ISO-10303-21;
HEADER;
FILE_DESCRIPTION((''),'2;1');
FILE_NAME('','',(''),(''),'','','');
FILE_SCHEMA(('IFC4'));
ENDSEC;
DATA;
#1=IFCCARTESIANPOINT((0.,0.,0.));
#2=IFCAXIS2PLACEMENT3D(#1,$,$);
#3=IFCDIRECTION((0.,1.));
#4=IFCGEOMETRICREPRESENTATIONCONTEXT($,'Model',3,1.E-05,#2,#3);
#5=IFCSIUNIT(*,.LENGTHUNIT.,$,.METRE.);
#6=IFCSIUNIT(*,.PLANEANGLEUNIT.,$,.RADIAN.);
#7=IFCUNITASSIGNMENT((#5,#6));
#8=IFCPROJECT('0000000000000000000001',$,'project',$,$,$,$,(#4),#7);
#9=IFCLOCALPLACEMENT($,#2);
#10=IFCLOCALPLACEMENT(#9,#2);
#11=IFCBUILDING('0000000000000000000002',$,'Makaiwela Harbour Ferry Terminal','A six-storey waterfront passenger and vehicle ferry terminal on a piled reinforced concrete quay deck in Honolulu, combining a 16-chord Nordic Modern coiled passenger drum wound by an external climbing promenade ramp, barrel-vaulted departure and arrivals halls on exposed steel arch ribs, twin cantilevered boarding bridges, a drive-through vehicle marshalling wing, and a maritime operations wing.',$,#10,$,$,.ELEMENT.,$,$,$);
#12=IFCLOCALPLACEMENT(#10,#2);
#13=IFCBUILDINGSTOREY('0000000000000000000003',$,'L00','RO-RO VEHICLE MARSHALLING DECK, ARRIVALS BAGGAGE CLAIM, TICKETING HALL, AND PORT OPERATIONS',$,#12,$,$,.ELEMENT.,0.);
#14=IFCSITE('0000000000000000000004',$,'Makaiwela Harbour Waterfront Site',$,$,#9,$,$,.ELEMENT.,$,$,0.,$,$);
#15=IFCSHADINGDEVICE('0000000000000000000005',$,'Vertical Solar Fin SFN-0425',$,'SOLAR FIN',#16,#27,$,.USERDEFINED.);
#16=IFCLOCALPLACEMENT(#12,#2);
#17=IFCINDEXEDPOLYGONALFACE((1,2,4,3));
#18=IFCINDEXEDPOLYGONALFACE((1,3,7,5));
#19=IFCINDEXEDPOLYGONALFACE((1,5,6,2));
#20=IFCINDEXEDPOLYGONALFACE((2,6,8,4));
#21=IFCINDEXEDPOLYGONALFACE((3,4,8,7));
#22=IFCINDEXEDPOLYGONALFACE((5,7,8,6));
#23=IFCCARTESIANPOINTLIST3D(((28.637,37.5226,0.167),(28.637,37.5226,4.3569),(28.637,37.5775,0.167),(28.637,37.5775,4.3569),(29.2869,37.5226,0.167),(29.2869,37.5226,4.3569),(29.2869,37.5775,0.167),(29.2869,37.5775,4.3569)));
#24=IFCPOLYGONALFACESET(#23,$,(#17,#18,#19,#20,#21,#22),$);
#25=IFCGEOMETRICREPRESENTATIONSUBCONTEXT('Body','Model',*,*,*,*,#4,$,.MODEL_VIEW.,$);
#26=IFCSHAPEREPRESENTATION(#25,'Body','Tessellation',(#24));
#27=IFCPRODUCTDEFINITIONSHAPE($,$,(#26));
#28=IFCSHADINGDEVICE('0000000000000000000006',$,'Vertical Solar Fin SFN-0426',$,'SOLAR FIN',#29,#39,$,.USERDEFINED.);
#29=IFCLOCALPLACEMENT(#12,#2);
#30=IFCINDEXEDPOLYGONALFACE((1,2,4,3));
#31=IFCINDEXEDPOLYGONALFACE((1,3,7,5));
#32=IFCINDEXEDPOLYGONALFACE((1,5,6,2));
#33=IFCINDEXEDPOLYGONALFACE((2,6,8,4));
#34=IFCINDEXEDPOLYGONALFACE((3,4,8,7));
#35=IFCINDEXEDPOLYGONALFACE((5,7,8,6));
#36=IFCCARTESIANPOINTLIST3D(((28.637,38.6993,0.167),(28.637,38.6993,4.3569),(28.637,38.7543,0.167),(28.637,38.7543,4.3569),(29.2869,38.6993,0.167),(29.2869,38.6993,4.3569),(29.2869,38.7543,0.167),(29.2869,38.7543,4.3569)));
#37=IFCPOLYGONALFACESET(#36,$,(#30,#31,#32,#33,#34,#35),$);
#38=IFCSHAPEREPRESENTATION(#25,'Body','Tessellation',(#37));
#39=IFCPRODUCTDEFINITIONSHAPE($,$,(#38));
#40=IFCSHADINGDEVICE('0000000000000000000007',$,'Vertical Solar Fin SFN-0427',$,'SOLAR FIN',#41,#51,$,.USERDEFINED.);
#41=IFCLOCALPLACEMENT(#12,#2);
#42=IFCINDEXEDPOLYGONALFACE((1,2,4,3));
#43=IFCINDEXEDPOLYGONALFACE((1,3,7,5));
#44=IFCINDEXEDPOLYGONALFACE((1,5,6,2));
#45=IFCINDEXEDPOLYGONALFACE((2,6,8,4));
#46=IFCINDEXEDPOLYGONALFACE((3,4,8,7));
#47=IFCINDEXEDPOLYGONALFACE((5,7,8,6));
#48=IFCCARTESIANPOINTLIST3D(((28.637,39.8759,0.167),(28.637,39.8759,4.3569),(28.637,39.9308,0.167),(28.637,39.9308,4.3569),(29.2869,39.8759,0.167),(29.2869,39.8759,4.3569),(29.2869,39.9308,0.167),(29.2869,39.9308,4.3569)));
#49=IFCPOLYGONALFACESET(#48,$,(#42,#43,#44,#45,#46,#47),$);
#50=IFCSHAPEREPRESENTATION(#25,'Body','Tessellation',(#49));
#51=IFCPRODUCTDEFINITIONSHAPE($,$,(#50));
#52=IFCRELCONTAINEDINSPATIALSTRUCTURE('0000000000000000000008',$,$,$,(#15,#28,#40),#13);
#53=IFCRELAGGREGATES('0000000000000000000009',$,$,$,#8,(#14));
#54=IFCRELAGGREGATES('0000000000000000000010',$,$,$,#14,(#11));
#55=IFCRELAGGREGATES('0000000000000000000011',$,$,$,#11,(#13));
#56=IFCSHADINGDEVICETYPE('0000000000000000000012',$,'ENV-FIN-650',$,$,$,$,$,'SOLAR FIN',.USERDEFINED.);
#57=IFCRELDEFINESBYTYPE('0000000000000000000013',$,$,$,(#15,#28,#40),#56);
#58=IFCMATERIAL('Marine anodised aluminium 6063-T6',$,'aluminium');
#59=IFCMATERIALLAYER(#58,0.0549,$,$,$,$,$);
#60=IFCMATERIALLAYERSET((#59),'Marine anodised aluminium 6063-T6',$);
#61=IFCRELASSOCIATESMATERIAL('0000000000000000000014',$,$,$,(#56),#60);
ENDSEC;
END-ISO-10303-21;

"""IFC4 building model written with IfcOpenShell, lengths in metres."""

from ifc_helpers import new_model, si_unit, direction, frame, origin, origin_2d, place, context, subcontext, project, spatial, rectangle, extrude, material, layer, layer_set, type_object, element, save


model = new_model("IFC4")

# Units and contexts
model_context = context("Model", 3, precision=1e-05, world=origin(), true_north=direction((0.0, 1.0)))
body_context = subcontext(model_context, "Body", "Model", "MODEL_VIEW")
ifc_project = project(units=[si_unit("LENGTHUNIT", "METRE"), si_unit("PLANEANGLEUNIT", "RADIAN")], contexts=[model_context])

# Site, building, storey
site_placement = place(None, origin())
site = spatial("IfcSite", under=ifc_project, at=site_placement, Name="Makaiwela Harbour Waterfront Site", CompositionType="ELEMENT", RefElevation=0.0)
building_placement = place(site_placement, origin())
building = spatial("IfcBuilding", under=site, at=building_placement, Name="Makaiwela Harbour Ferry Terminal", Description="A six-storey waterfront passenger and vehicle ferry terminal on a piled reinforced concrete quay deck in Honolulu, combining a 16-chord Nordic Modern coiled passenger drum wound by an external climbing promenade ramp, barrel-vaulted departure and arrivals halls on exposed steel arch ribs, twin cantilevered boarding bridges, a drive-through vehicle marshalling wing, and a maritime operations wing.", CompositionType="ELEMENT")
storey_placement = place(building_placement, origin())
storey = spatial("IfcBuildingStorey", under=building, at=storey_placement, Name="L00", Description="RO-RO VEHICLE MARSHALLING DECK, ARRIVALS BAGGAGE CLAIM, TICKETING HALL, AND PORT OPERATIONS", CompositionType="ELEMENT", Elevation=0.0)

# Shared definitions
ifc_material_1 = material(Name="Marine anodised aluminium 6063-T6", Category="aluminium")

# Shading devices
ifc_layer_1 = layer(ifc_material_1, 0.0549)
ifc_layer_set_1 = layer_set([ifc_layer_1], Name="Marine anodised aluminium 6063-T6")
shading_device_type = type_object("IfcShadingDeviceType", Name="ENV-FIN-650", ElementType="SOLAR FIN", PredefinedType="USERDEFINED", material=ifc_layer_set_1)
for number, where, z_axis, x_axis, name in (
    (1, (28.9619, 37.55, 0.167), (0.0, 0.0, 1.0), (-1.0, 0.0, 0.0), "Vertical Solar Fin SFN-0425"),
    (2, (28.9619, 38.7268, 0.167), (0.0, 0.0, 1.0), (-1.0, 0.0, 0.0), "Vertical Solar Fin SFN-0426"),
    (3, (28.9619, 39.9033, 0.167), (0.0, 0.0, 1.0), (-1.0, 0.0, 0.0), "Vertical Solar Fin SFN-0427"),
):
    element("IfcShadingDevice", number, at=place(storey_placement, frame(where, z_axis=z_axis, x_axis=x_axis)), inside=storey, type_object=shading_device_type, Name=name, ObjectType="SOLAR FIN", PredefinedType="USERDEFINED", context=body_context, shape_type="SweptSolid", body=[
        extrude(rectangle(XDim=0.6499, YDim=0.0549, at=origin_2d()), origin(), (0.0, 0.0, 1.0), 4.1899),
    ])

save(model, "model.ifc")
